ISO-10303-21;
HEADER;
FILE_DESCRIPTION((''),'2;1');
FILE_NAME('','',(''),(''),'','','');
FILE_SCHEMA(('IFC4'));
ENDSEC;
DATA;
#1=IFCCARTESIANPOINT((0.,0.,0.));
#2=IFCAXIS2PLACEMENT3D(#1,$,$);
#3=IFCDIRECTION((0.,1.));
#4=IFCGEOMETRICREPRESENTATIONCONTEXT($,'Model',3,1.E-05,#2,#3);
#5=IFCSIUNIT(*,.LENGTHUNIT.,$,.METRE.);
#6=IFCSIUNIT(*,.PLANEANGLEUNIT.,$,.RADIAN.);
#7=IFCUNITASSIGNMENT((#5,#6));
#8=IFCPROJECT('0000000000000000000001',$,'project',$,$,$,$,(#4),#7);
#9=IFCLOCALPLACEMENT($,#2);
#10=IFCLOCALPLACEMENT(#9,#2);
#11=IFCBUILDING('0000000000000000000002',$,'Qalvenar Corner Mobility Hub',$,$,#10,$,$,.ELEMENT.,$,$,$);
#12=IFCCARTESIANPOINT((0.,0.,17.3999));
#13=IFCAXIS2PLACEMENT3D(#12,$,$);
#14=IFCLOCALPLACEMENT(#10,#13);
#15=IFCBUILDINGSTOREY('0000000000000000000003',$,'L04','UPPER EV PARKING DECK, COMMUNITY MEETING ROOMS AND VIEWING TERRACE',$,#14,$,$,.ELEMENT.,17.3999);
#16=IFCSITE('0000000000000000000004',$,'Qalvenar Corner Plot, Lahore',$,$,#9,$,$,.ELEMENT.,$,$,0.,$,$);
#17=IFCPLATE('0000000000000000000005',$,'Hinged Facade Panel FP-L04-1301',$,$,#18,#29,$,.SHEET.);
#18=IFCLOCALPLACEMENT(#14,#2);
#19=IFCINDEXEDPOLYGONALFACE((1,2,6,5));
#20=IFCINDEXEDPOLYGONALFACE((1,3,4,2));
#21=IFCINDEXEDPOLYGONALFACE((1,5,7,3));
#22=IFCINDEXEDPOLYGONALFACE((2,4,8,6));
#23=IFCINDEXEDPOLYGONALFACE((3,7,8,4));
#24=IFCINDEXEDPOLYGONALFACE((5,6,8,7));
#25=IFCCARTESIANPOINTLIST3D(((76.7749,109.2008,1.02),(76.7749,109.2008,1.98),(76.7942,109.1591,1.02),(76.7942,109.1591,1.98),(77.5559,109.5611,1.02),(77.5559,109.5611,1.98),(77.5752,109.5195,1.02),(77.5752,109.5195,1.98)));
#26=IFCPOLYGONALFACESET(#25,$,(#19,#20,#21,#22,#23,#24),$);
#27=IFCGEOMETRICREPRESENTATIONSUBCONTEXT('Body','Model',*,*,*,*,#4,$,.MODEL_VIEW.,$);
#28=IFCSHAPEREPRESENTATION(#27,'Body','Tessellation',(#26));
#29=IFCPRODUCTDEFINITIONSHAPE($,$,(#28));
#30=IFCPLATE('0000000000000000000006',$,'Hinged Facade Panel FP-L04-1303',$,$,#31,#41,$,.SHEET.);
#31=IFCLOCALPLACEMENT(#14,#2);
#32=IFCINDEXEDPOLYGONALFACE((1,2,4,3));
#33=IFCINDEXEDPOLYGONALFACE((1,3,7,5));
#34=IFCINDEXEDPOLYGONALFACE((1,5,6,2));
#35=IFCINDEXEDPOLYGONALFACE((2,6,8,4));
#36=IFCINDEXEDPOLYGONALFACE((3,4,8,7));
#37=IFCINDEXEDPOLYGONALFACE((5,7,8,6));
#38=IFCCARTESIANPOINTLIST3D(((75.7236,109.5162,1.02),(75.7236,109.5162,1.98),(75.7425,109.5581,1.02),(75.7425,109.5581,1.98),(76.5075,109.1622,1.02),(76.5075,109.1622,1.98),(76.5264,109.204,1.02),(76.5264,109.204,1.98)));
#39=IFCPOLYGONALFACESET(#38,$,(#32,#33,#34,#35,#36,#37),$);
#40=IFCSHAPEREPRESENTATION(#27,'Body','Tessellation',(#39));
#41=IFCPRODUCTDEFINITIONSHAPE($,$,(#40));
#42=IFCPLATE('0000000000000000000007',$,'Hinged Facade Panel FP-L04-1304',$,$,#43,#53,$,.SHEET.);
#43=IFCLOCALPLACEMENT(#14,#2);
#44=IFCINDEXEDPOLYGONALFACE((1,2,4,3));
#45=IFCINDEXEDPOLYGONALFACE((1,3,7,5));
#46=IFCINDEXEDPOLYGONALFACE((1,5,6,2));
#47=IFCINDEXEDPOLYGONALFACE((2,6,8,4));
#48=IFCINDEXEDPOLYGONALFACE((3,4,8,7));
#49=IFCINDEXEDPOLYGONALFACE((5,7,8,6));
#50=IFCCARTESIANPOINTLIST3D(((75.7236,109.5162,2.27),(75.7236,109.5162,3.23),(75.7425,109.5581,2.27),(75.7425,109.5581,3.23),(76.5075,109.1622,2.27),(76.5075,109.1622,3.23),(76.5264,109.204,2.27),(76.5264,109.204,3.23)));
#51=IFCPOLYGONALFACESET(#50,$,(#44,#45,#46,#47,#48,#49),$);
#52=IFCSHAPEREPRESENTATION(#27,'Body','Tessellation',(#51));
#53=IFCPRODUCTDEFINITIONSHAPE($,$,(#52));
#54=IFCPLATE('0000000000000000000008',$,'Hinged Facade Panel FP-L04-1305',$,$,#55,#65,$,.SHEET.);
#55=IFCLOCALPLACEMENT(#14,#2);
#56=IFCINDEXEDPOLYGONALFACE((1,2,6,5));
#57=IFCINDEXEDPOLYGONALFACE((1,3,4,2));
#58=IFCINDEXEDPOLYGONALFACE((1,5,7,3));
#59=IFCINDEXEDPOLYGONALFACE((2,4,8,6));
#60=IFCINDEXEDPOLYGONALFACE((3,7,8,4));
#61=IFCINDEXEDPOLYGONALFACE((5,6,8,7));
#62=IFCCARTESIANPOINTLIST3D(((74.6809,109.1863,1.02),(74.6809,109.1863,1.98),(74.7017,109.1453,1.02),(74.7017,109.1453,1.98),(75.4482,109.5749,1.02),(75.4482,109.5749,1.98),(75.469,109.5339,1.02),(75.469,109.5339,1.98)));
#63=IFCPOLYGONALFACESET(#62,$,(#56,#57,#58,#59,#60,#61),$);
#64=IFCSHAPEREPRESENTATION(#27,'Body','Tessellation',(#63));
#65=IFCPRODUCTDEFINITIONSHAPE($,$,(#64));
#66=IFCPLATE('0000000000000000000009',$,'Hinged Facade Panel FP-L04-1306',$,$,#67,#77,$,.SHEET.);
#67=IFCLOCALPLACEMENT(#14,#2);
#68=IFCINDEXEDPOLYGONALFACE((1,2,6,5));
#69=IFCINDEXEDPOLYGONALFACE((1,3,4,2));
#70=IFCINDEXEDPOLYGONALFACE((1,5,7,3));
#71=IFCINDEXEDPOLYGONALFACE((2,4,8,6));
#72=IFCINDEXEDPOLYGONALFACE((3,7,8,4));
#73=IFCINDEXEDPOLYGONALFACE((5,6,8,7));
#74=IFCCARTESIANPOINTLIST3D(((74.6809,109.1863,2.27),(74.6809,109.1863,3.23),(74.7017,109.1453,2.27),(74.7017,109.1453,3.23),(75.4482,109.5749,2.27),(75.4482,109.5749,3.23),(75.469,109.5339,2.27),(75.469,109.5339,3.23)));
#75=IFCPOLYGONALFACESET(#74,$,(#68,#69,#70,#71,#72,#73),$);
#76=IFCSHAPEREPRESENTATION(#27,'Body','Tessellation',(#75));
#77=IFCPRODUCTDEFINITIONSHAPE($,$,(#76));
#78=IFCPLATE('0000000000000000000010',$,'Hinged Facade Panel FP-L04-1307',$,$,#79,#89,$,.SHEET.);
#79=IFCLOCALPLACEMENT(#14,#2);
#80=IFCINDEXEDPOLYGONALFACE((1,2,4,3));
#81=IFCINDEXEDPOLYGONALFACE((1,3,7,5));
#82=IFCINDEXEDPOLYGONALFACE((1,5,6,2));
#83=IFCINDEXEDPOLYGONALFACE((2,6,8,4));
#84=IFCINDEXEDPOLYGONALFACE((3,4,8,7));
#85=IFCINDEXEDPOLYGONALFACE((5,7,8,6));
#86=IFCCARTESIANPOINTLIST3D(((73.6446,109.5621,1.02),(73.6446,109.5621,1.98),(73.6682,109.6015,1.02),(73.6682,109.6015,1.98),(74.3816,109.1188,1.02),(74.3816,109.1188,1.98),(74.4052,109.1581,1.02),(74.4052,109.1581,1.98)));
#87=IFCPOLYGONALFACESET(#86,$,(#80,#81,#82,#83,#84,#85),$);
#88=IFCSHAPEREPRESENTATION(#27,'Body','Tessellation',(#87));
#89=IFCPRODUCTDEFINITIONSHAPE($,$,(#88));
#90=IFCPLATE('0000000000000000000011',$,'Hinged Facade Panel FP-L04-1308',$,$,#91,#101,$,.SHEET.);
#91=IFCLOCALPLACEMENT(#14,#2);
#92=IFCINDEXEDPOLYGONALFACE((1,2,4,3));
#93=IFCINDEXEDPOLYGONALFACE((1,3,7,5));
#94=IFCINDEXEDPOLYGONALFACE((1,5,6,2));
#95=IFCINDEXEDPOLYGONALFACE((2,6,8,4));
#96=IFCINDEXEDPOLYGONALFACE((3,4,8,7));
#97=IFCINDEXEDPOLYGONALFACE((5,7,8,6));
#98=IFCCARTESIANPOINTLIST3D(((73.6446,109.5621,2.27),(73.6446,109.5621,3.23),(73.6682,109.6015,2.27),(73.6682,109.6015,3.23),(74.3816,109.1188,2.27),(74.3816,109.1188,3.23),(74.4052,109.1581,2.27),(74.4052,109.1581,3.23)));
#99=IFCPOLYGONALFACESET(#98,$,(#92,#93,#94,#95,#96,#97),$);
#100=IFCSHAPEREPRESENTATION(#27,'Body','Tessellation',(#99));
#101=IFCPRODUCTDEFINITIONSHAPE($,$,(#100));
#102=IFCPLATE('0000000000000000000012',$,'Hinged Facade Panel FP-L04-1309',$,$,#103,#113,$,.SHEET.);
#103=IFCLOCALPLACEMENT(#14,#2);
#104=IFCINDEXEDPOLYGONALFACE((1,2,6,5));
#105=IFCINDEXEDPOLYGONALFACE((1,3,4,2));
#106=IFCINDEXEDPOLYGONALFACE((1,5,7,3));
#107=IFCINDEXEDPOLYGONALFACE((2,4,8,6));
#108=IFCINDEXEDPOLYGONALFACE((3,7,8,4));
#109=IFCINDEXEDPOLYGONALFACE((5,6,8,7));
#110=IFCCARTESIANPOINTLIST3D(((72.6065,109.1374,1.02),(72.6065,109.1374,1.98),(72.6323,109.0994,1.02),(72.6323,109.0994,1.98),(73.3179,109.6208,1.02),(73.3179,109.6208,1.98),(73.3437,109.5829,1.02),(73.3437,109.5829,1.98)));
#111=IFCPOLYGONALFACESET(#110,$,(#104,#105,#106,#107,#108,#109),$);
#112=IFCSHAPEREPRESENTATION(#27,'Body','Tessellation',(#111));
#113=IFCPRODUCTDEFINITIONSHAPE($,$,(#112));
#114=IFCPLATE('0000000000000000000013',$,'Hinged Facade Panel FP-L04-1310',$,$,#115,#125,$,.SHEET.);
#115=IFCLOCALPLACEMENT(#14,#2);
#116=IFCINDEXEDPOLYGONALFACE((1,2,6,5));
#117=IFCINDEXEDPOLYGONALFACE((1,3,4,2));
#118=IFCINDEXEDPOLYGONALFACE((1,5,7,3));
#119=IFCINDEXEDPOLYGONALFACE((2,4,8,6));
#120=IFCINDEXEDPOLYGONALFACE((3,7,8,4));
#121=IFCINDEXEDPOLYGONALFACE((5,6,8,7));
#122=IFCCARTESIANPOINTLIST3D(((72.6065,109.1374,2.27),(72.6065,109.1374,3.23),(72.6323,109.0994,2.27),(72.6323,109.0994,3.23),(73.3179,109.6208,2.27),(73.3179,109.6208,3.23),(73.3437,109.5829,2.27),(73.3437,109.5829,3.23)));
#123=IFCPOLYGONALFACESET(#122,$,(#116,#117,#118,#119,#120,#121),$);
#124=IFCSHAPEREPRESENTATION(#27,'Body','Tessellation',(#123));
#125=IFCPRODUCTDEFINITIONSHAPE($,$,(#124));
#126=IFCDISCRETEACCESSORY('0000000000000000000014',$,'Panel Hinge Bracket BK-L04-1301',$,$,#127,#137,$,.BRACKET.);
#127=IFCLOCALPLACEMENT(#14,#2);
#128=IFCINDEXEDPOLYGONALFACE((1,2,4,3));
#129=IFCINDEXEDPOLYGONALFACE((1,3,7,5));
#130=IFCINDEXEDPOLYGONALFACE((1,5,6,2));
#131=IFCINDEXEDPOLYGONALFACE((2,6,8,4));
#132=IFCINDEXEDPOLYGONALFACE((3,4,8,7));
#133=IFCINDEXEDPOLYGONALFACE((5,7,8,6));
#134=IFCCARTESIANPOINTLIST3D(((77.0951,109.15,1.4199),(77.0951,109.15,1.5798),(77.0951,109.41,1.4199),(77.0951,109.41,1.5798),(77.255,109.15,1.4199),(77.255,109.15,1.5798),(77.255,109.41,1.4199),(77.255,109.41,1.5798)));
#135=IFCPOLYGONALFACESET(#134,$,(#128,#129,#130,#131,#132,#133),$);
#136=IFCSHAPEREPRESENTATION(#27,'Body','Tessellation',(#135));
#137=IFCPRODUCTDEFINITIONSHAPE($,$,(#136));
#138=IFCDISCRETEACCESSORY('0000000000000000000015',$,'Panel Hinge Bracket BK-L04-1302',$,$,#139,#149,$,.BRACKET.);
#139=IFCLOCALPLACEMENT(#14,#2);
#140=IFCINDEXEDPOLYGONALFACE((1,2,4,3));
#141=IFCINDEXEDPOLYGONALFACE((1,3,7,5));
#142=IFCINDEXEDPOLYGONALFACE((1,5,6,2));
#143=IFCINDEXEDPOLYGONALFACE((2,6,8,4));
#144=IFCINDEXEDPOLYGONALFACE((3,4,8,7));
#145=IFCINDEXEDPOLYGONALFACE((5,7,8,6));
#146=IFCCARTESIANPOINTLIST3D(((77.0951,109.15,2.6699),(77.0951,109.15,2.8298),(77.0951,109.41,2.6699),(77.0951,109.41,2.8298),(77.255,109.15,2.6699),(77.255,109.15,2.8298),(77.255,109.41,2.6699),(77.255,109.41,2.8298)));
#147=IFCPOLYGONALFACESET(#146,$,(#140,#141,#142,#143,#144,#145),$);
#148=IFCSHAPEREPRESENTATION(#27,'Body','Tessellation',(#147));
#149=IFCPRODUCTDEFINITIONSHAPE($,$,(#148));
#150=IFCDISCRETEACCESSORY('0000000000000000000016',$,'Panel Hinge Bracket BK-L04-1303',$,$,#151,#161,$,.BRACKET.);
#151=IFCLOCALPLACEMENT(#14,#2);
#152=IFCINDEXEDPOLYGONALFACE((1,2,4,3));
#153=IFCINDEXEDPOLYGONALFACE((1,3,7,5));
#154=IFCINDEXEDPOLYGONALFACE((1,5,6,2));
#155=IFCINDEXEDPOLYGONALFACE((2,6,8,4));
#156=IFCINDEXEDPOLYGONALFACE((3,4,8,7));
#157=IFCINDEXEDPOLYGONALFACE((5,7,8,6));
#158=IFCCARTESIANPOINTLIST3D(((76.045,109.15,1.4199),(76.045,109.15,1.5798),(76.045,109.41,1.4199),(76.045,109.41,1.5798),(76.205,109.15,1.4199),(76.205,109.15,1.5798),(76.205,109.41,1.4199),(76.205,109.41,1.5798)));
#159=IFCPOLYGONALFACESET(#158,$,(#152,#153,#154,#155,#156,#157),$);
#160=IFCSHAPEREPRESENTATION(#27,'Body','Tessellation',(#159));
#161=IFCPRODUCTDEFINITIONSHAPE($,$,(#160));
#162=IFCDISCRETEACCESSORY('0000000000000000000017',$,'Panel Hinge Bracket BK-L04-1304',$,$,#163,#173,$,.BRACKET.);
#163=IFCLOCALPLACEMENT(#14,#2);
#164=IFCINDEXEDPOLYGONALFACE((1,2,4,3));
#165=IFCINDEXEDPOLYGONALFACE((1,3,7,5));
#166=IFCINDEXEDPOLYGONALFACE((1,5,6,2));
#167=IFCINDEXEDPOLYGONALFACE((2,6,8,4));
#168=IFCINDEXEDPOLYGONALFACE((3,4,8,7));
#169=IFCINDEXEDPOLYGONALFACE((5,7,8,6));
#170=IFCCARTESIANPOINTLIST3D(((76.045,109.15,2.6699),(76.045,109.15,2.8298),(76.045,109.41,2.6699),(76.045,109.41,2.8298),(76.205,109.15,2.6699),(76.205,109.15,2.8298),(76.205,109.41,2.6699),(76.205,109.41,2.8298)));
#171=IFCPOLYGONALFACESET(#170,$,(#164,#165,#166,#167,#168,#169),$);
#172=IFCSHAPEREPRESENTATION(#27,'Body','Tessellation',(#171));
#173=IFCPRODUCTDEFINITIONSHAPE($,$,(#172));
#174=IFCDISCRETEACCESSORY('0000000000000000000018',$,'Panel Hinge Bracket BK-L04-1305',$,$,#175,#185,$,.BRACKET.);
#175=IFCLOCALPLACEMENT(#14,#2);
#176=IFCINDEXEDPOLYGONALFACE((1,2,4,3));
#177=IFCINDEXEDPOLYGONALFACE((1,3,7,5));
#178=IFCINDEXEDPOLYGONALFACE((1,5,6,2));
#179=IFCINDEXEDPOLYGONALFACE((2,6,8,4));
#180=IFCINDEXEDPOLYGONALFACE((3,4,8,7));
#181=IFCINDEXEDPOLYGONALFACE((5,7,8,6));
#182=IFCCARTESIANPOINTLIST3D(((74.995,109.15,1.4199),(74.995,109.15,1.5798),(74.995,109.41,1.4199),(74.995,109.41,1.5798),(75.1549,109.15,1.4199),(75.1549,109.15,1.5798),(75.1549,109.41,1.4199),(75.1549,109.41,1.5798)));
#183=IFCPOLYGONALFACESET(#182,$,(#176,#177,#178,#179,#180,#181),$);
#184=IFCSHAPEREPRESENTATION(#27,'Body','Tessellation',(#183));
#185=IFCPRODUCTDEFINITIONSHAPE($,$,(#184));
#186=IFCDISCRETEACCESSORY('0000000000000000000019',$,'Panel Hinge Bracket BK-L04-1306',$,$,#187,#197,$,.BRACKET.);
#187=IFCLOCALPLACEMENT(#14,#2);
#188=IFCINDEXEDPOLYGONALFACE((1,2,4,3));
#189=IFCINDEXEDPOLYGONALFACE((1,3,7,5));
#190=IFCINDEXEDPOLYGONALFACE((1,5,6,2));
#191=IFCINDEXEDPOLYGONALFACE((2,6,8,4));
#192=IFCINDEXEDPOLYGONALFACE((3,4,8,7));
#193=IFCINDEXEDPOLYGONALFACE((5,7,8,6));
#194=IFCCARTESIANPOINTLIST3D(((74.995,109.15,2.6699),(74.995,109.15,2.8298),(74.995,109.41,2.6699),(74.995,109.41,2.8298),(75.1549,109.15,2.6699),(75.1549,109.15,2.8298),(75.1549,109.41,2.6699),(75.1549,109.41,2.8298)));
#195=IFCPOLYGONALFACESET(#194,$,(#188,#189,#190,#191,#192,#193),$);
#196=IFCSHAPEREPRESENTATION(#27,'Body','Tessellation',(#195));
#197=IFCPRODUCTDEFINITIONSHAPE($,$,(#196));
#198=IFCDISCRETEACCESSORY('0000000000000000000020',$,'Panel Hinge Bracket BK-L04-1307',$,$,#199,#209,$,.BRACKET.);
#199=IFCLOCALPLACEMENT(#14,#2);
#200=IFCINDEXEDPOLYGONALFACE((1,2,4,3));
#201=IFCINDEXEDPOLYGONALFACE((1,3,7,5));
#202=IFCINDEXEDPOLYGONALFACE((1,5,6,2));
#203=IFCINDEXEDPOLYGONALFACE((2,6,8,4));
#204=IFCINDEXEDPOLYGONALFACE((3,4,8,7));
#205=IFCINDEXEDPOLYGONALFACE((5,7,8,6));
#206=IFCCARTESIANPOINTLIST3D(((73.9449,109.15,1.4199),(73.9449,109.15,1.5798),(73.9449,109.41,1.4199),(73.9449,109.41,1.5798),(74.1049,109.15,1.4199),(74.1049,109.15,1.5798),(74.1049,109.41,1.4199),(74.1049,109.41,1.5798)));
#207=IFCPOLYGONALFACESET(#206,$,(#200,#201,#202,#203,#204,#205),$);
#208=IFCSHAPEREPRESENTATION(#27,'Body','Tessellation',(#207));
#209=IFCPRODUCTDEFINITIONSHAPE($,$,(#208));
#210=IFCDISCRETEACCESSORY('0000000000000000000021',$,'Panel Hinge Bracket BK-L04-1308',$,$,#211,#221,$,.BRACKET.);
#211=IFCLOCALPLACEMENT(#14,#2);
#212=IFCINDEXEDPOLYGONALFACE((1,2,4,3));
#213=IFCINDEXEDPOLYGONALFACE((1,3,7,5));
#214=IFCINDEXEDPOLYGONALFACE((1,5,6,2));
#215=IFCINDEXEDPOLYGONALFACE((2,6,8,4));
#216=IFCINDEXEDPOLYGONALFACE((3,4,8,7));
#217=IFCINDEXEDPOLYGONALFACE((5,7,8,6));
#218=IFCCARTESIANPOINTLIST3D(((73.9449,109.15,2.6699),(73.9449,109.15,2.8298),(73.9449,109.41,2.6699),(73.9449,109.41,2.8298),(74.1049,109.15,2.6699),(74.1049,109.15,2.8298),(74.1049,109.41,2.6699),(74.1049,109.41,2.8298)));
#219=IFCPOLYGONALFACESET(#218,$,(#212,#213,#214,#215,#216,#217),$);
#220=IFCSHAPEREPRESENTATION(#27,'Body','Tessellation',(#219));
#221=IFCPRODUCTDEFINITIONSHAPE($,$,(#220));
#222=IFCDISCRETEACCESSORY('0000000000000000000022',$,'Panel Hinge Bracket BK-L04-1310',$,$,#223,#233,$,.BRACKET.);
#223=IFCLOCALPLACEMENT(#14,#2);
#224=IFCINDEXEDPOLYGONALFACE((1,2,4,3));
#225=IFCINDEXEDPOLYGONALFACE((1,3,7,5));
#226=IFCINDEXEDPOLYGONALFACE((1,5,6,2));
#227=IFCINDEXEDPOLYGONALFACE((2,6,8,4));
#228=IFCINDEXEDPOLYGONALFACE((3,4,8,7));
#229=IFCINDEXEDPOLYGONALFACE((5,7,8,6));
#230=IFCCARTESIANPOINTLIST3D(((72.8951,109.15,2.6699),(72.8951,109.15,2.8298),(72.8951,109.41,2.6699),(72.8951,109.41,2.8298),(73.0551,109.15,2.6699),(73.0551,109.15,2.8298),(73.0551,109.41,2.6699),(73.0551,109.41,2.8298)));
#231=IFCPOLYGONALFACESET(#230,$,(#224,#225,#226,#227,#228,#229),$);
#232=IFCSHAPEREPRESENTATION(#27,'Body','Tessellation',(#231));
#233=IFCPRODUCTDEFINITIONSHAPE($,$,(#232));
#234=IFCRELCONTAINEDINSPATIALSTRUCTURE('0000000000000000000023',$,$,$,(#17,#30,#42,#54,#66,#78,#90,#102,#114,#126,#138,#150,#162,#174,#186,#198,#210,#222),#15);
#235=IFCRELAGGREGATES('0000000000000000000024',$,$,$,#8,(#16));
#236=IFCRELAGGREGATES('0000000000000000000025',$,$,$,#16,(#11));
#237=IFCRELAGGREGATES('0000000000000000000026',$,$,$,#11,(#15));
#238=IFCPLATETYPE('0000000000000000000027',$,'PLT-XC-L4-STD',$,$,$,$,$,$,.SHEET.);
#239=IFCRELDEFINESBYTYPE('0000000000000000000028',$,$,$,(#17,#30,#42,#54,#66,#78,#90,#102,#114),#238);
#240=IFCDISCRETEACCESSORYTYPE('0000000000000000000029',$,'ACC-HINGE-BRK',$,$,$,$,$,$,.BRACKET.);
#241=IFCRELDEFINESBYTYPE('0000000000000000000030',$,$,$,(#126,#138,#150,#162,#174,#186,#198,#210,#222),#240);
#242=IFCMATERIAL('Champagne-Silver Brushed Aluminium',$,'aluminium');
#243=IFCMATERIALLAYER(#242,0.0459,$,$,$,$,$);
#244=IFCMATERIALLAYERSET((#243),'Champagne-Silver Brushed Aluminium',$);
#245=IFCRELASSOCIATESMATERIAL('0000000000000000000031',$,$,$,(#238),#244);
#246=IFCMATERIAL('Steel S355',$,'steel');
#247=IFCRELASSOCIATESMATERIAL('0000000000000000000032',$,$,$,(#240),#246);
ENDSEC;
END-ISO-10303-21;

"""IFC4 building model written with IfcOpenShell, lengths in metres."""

from ifc_helpers import new_model, si_unit, direction, frame, origin, origin_2d, place, context, subcontext, project, spatial, rectangle, extrude, material, layer, layer_set, type_object, element, save


model = new_model("IFC4")

# Units and contexts
model_context = context("Model", 3, precision=1e-05, world=origin(), true_north=direction((0.0, 1.0)))
body_context = subcontext(model_context, "Body", "Model", "MODEL_VIEW")
ifc_project = project(units=[si_unit("LENGTHUNIT", "METRE"), si_unit("PLANEANGLEUNIT", "RADIAN")], contexts=[model_context])

# Site, building, storey
site_placement = place(None, origin())
site = spatial("IfcSite", under=ifc_project, at=site_placement, Name="Qalvenar Corner Plot, Lahore", CompositionType="ELEMENT", RefElevation=0.0)
building_placement = place(site_placement, origin())
building = spatial("IfcBuilding", under=site, at=building_placement, Name="Qalvenar Corner Mobility Hub", CompositionType="ELEMENT")
storey_placement = place(building_placement, frame((0.0, 0.0, 17.3999)))
storey = spatial("IfcBuildingStorey", under=building, at=storey_placement, Name="L04", Description="UPPER EV PARKING DECK, COMMUNITY MEETING ROOMS AND VIEWING TERRACE", CompositionType="ELEMENT", Elevation=17.3999)

# Shared definitions
ifc_material_1 = material(Name="Steel S355", Category="steel")

# Plates
ifc_material_2 = material(Name="Champagne-Silver Brushed Aluminium", Category="aluminium")
ifc_layer = layer(ifc_material_2, 0.0459)
ifc_layer_set = layer_set([ifc_layer], Name="Champagne-Silver Brushed Aluminium")
plate_type = type_object("IfcPlateType", Name="PLT-XC-L4-STD", PredefinedType="SHEET", material=ifc_layer_set)
for number, where, z_axis, x_axis, name in (
    (1, (77.175, 109.3601, 1.02), (0.0, 0.0, 1.0), (-0.907997, -0.418977, 0.0), "Hinged Facade Panel FP-L04-1301"),
    (2, (76.125, 109.3601, 1.02), (0.0, 0.0, 1.0), (-0.911331, 0.411673, 0.0), "Hinged Facade Panel FP-L04-1303"),
    (3, (76.125, 109.3601, 2.27), (0.0, 0.0, 1.0), (-0.911331, 0.411673, 0.0), "Hinged Facade Panel FP-L04-1304"),
    (4, (75.075, 109.3601, 1.02), (0.0, 0.0, 1.0), (-0.892113, -0.451812, 0.0), "Hinged Facade Panel FP-L04-1305"),
    (5, (75.075, 109.3601, 2.27), (0.0, 0.0, 1.0), (-0.892113, -0.451812, 0.0), "Hinged Facade Panel FP-L04-1306"),
    (6, (74.0249, 109.3601, 1.02), (0.0, 0.0, 1.0), (-0.856898, 0.515487, 0.0), "Hinged Facade Panel FP-L04-1307"),
    (7, (74.0249, 109.3601, 2.27), (0.0, 0.0, 1.0), (-0.856898, 0.515487, 0.0), "Hinged Facade Panel FP-L04-1308"),
    (8, (72.9751, 109.3601, 1.02), (0.0, 0.0, 1.0), (-0.827081, -0.562083, 0.0), "Hinged Facade Panel FP-L04-1309"),
    (9, (72.9751, 109.3601, 2.27), (0.0, 0.0, 1.0), (-0.827081, -0.562083, 0.0), "Hinged Facade Panel FP-L04-1310"),
):
    element("IfcPlate", number, at=place(storey_placement, frame(where, z_axis=z_axis, x_axis=x_axis)), inside=storey, type_object=plate_type, Name=name, PredefinedType="SHEET", context=body_context, shape_type="SweptSolid", body=[
        extrude(rectangle(XDim=0.8601, YDim=0.0459, at=origin_2d()), origin(), (0.0, 0.0, 1.0), 0.96),
    ])

# Discrete accessories
discrete_accessory_type = type_object("IfcDiscreteAccessoryType", Name="ACC-HINGE-BRK", PredefinedType="BRACKET", material=ifc_material_1)
for number, where, z_axis, x_axis, name in (
    (10, (77.175, 109.28, 1.4199), (0.0, 0.0, 1.0), (-1.0, 0.0, 0.0), "Panel Hinge Bracket BK-L04-1301"),
    (11, (77.175, 109.28, 2.6699), (0.0, 0.0, 1.0), (-1.0, 0.0, 0.0), "Panel Hinge Bracket BK-L04-1302"),
    (12, (76.125, 109.28, 1.4199), (0.0, 0.0, 1.0), (-1.0, 0.0, 0.0), "Panel Hinge Bracket BK-L04-1303"),
    (13, (76.125, 109.28, 2.6699), (0.0, 0.0, 1.0), (-1.0, 0.0, 0.0), "Panel Hinge Bracket BK-L04-1304"),
    (14, (75.075, 109.28, 1.4199), (0.0, 0.0, 1.0), (-1.0, 0.0, 0.0), "Panel Hinge Bracket BK-L04-1305"),
    (15, (75.075, 109.28, 2.6699), (0.0, 0.0, 1.0), (-1.0, 0.0, 0.0), "Panel Hinge Bracket BK-L04-1306"),
    (16, (74.0249, 109.28, 1.4199), (0.0, 0.0, 1.0), (-1.0, 0.0, 0.0), "Panel Hinge Bracket BK-L04-1307"),
    (17, (74.0249, 109.28, 2.6699), (0.0, 0.0, 1.0), (-1.0, 0.0, 0.0), "Panel Hinge Bracket BK-L04-1308"),
    (18, (72.9751, 109.28, 2.6699), (0.0, 0.0, 1.0), (-1.0, 0.0, 0.0), "Panel Hinge Bracket BK-L04-1310"),
):
    element("IfcDiscreteAccessory", number, at=place(storey_placement, frame(where, z_axis=z_axis, x_axis=x_axis)), inside=storey, type_object=discrete_accessory_type, Name=name, PredefinedType="BRACKET", context=body_context, shape_type="SweptSolid", body=[
        extrude(rectangle(XDim=0.1599, YDim=0.26, at=origin_2d()), origin(), (0.0, 0.0, 1.0), 0.1599),
    ])

save(model, "model.ifc")
